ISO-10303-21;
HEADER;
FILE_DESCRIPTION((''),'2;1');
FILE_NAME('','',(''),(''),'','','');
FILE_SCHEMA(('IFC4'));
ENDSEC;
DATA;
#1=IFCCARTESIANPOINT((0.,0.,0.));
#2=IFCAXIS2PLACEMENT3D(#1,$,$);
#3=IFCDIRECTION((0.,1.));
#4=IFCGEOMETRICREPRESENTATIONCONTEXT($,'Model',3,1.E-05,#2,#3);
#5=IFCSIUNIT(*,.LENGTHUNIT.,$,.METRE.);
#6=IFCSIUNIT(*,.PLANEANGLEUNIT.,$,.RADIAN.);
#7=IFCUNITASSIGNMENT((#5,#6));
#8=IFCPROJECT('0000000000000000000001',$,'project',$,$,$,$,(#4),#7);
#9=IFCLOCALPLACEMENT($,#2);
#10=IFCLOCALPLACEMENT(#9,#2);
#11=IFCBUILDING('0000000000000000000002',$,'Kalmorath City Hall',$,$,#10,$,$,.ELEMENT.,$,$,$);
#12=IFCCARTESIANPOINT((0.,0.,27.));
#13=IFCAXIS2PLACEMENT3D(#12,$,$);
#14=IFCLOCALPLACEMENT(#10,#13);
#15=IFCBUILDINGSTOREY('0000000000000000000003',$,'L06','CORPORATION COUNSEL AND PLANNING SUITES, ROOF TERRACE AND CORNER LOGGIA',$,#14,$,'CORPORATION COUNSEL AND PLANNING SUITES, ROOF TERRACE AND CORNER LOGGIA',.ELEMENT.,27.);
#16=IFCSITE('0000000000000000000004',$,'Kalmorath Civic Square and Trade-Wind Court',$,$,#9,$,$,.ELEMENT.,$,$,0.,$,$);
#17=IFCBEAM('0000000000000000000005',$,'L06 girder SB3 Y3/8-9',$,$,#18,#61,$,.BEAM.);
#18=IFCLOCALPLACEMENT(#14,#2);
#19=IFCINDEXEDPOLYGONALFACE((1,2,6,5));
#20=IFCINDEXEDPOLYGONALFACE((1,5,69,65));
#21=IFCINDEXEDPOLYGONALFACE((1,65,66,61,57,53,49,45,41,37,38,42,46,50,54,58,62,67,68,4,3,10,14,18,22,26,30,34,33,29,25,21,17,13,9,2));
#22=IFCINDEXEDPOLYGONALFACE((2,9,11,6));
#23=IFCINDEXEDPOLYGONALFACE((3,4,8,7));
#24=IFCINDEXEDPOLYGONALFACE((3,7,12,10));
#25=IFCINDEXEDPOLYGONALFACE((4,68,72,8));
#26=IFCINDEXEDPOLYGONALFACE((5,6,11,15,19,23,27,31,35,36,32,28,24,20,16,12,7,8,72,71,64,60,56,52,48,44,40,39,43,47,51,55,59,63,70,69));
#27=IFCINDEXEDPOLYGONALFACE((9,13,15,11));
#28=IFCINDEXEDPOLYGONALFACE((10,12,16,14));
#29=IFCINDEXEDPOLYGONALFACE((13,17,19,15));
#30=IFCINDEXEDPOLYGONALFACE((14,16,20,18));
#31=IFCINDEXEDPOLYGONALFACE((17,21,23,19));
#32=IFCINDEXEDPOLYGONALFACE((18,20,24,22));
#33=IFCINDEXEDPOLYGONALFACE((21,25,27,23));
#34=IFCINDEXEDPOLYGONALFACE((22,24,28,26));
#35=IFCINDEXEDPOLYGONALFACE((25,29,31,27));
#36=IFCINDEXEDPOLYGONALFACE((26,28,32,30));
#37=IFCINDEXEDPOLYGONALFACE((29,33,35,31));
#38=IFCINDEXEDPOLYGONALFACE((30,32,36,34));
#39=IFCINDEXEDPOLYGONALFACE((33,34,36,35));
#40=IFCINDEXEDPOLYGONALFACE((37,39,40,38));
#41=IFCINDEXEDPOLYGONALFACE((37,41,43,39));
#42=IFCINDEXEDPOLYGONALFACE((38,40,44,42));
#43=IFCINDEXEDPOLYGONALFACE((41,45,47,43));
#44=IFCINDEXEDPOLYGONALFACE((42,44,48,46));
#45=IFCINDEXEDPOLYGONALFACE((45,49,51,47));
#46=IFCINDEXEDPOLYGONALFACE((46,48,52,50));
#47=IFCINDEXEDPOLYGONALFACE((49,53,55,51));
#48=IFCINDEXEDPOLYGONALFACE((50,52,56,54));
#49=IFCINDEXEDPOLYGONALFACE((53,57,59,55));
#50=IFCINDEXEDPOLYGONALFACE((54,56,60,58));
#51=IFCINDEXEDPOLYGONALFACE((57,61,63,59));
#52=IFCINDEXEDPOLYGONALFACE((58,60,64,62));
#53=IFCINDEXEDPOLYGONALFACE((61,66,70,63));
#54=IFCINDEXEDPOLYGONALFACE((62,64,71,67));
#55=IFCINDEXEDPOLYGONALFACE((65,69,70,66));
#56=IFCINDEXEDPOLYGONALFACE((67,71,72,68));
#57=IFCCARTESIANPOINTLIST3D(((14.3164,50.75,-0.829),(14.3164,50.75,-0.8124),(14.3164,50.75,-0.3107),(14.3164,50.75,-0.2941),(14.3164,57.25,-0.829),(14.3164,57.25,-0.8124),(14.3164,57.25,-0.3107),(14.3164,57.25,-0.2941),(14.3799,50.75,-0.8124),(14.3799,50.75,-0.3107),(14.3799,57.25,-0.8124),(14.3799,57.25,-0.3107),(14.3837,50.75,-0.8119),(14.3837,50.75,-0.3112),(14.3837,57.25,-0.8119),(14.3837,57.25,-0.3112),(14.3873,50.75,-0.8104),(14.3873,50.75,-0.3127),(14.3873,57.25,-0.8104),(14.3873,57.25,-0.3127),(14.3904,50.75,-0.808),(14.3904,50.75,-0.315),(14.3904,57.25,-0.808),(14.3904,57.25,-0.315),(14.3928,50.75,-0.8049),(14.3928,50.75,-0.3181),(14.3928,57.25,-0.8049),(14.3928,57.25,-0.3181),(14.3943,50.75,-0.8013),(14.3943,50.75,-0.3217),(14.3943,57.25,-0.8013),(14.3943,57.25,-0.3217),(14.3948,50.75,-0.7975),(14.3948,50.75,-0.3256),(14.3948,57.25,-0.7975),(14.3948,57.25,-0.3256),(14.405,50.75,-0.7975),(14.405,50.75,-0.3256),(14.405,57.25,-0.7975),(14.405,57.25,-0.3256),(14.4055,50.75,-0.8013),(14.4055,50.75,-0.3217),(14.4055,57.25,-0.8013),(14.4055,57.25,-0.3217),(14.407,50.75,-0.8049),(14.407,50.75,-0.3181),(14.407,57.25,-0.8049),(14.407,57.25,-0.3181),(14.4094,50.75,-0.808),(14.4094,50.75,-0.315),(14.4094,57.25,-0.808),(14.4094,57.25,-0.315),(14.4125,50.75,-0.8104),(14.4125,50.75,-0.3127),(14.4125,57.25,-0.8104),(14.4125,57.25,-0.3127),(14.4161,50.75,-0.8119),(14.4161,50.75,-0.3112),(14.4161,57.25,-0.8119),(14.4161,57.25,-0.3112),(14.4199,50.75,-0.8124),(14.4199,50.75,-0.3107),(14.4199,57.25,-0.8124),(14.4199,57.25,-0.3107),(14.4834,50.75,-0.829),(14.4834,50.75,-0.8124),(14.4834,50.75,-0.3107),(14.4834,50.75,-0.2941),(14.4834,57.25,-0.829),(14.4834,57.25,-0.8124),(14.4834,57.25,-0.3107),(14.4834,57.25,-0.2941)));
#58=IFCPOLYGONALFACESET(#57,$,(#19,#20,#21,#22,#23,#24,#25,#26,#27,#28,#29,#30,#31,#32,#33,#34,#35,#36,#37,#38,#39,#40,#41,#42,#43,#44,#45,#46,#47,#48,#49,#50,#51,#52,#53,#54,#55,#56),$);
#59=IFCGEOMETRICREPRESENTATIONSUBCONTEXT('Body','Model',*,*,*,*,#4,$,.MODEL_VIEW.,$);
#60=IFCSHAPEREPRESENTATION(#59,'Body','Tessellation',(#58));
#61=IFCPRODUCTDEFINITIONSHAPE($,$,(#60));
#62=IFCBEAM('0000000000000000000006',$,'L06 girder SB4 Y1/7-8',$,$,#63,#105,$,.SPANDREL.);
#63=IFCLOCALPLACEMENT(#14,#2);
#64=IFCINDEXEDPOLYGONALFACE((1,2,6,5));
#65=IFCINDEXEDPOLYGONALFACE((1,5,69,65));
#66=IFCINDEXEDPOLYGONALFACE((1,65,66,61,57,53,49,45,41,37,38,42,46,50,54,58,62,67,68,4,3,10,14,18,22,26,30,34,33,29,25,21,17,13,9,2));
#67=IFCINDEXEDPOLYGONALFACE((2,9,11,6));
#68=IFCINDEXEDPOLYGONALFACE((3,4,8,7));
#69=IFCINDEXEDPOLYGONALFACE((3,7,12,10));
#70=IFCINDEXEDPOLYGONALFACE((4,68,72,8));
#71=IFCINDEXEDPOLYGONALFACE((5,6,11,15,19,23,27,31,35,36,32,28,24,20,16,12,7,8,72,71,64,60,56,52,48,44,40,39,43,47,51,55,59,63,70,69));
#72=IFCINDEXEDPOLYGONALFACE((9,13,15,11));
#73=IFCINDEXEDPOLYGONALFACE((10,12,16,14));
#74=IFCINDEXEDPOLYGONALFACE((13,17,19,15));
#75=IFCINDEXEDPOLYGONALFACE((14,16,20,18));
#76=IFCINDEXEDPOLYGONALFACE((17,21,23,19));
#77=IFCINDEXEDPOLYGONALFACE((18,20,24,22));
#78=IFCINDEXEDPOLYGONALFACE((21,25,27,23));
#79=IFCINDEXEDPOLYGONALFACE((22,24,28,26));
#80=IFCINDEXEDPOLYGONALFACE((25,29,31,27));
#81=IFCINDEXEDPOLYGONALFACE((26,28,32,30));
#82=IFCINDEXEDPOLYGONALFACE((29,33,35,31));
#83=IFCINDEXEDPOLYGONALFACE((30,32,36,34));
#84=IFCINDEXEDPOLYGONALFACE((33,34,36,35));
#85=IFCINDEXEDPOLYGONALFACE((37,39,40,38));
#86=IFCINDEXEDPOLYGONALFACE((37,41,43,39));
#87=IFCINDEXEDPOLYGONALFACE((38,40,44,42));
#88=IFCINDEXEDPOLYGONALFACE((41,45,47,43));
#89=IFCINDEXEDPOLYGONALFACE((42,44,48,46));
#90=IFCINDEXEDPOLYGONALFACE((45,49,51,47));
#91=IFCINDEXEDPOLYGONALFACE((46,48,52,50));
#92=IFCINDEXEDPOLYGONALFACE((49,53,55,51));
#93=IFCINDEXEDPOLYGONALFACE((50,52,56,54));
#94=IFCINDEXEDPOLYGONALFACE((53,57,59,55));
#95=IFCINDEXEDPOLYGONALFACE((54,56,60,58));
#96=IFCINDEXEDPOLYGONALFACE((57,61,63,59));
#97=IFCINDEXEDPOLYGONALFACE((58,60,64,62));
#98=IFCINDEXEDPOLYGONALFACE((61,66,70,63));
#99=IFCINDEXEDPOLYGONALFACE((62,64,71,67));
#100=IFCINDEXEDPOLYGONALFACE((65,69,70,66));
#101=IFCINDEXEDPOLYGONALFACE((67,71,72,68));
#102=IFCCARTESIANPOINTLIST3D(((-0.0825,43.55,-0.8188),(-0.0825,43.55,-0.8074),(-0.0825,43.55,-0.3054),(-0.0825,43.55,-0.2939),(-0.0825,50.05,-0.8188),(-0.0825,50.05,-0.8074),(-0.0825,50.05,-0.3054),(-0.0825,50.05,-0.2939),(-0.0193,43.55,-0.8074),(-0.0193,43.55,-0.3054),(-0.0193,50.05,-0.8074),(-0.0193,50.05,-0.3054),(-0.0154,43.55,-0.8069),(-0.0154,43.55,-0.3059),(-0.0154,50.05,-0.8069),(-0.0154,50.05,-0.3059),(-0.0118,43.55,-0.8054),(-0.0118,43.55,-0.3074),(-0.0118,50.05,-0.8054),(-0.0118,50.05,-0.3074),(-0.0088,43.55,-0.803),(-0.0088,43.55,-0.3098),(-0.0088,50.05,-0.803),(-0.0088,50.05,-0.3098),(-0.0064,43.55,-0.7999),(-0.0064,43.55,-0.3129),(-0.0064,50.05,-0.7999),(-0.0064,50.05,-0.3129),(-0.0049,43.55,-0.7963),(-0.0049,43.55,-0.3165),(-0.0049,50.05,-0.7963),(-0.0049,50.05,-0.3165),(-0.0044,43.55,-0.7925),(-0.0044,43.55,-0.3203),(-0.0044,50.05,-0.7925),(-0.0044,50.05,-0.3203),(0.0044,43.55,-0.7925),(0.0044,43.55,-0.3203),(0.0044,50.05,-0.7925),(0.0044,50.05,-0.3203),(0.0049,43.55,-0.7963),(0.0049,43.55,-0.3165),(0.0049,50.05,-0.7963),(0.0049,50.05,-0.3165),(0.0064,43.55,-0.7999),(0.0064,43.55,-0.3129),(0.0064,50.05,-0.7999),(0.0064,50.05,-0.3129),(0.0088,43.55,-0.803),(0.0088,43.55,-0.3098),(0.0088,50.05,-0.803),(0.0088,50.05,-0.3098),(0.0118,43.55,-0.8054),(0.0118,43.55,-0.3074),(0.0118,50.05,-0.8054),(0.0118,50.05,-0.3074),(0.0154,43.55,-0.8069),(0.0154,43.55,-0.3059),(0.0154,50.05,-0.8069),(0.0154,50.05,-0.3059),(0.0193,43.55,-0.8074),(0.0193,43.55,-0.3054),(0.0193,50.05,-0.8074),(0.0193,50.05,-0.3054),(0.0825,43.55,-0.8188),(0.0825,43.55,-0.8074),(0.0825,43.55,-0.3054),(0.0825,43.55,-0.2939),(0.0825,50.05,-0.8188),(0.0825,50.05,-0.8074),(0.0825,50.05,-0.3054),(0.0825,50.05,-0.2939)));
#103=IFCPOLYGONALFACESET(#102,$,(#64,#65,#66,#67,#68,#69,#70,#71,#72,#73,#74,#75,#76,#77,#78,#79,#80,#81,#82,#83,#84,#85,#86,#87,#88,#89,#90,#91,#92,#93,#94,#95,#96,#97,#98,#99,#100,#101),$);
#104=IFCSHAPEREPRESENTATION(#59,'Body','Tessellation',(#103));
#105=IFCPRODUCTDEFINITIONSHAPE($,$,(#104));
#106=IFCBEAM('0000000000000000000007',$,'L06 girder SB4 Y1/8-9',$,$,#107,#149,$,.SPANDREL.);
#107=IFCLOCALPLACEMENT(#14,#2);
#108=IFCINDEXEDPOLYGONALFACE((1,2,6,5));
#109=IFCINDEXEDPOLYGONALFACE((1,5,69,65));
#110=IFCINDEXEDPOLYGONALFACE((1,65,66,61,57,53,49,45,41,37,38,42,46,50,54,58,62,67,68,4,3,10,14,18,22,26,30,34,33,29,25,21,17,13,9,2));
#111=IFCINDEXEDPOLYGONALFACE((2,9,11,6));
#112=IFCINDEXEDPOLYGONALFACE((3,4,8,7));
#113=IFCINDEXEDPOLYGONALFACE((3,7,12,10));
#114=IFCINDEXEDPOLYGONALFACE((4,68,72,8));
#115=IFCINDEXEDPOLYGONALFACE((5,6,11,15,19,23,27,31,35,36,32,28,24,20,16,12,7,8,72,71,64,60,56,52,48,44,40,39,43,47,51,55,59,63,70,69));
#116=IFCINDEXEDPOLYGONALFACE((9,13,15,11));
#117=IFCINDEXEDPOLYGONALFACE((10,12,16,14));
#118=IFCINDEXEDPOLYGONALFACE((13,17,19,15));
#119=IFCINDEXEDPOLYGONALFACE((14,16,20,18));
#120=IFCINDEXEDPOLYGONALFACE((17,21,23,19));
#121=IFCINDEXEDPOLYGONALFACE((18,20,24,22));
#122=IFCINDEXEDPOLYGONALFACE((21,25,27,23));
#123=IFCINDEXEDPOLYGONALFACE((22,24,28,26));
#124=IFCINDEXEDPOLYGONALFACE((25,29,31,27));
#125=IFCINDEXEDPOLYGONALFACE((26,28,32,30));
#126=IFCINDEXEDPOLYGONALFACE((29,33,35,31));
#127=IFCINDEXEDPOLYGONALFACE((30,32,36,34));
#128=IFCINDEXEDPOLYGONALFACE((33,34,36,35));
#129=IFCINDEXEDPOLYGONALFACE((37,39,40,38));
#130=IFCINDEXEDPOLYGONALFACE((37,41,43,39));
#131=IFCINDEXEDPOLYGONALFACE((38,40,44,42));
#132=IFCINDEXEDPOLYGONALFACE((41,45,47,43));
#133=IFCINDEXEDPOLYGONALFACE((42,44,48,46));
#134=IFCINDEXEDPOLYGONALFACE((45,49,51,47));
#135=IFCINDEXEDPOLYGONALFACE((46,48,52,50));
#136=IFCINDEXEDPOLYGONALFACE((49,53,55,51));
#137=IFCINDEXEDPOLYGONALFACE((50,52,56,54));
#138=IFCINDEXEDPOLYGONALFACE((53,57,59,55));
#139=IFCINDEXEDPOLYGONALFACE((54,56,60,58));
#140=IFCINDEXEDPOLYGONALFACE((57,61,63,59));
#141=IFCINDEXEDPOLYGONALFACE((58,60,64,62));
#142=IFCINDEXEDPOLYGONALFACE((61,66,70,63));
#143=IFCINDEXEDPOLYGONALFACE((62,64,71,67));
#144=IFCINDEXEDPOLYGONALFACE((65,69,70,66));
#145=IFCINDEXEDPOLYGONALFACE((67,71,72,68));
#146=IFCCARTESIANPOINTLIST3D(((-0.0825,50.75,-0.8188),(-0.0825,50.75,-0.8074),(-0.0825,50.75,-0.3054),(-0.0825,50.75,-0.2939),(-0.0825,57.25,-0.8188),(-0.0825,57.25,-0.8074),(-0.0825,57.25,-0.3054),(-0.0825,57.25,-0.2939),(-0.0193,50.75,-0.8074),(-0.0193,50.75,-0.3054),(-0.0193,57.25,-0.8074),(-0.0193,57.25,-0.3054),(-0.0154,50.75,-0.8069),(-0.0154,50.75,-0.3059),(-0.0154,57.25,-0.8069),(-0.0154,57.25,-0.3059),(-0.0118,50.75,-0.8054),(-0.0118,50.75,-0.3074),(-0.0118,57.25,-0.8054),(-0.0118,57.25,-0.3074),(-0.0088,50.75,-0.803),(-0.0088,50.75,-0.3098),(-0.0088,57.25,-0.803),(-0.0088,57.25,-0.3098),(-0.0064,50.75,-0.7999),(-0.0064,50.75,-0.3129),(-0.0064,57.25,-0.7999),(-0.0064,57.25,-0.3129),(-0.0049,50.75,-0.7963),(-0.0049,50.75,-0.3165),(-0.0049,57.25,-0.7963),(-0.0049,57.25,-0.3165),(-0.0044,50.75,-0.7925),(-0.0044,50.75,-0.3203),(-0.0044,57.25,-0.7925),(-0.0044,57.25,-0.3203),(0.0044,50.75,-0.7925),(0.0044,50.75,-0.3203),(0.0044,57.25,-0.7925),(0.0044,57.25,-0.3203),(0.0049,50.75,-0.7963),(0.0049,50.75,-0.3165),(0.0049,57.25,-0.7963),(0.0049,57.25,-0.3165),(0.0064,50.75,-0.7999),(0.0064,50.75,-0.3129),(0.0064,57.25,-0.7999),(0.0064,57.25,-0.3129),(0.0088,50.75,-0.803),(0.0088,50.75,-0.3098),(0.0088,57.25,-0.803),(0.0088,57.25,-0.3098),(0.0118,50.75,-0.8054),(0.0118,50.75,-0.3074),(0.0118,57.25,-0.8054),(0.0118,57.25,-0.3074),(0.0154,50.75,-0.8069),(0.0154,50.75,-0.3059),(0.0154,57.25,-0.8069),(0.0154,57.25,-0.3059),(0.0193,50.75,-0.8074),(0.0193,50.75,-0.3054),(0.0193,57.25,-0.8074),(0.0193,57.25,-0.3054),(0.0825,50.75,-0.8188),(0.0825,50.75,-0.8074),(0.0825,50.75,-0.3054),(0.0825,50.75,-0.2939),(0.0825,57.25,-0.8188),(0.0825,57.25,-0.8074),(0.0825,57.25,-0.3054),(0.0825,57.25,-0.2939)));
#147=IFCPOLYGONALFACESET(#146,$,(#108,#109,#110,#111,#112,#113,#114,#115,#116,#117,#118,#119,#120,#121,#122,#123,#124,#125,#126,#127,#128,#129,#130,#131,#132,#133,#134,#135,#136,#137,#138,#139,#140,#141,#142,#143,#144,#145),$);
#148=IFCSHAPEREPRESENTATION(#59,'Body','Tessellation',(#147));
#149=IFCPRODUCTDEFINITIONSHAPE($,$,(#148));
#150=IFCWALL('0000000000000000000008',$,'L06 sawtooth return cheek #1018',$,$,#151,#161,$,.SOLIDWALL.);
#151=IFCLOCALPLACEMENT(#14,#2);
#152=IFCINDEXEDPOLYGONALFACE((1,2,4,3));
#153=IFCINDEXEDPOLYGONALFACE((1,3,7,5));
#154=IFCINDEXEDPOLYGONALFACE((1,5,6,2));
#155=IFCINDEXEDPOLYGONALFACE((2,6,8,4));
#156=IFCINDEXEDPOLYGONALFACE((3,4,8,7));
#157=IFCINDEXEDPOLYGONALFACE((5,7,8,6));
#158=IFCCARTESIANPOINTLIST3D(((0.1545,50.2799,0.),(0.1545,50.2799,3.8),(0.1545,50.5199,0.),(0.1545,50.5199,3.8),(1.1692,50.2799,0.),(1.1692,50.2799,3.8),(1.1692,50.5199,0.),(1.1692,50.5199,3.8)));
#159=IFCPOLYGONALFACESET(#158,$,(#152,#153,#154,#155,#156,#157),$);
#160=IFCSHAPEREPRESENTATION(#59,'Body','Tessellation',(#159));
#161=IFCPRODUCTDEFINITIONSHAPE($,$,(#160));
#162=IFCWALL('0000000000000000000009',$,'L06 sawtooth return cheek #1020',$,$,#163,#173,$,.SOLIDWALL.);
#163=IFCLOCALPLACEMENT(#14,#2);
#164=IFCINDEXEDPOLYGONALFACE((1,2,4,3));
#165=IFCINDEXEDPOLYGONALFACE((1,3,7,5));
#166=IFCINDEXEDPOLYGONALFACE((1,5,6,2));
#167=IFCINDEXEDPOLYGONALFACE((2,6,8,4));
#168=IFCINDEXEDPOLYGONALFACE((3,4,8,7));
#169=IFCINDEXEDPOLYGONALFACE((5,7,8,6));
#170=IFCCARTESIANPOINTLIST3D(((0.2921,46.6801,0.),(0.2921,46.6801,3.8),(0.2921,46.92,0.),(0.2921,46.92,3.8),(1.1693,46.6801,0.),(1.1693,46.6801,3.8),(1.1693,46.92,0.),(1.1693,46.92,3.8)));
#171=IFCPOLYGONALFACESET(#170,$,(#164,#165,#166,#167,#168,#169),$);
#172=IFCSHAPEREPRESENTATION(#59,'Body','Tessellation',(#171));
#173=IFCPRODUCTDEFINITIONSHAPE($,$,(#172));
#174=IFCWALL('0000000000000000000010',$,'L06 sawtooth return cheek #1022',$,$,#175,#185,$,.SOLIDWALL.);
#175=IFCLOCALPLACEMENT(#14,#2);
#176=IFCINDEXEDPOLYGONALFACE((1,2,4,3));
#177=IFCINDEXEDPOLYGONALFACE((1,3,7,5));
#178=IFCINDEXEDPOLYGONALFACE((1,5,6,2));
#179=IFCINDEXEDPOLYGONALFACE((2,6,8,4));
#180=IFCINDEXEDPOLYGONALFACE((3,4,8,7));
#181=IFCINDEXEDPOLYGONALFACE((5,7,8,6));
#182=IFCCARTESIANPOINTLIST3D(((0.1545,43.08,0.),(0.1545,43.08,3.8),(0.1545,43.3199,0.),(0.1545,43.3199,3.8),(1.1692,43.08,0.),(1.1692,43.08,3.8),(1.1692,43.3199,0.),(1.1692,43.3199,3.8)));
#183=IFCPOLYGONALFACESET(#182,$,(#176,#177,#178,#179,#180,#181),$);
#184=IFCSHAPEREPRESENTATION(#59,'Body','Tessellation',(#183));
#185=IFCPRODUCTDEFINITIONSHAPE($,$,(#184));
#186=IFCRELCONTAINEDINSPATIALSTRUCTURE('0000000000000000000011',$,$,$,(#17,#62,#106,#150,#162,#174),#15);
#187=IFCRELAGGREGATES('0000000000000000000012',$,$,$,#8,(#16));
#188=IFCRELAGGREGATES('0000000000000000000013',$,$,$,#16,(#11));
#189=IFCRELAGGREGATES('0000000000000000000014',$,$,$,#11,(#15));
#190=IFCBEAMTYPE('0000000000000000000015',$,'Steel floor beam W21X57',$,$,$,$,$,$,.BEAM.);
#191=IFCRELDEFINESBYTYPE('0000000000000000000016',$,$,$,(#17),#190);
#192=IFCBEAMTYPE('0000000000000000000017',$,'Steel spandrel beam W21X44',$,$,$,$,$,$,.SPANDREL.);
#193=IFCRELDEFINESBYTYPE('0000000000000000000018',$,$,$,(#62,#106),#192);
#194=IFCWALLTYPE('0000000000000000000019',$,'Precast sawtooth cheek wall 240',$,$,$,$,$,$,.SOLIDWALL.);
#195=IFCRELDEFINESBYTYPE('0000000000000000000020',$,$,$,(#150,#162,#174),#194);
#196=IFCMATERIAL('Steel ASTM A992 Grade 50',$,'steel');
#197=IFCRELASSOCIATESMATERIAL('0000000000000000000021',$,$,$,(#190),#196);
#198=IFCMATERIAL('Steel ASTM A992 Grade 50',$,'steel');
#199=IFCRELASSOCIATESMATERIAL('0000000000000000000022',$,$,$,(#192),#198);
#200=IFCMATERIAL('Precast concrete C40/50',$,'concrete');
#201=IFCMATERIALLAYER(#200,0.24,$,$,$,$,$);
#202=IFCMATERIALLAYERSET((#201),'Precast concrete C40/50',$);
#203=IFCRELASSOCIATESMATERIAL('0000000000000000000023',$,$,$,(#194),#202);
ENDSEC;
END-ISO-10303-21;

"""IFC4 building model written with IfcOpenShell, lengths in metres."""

from ifc_helpers import new_model, si_unit, direction, frame, frame_2d, origin, origin_2d, place, context, subcontext, project, spatial, rectangle, i_section, extrude, material, layer, layer_set, material_profile, profile_set, type_object, element, save


model = new_model("IFC4")

# Units and contexts
model_context = context("Model", 3, precision=1e-05, world=origin(), true_north=direction((0.0, 1.0)))
body_context = subcontext(model_context, "Body", "Model", "MODEL_VIEW")
ifc_project = project(units=[si_unit("LENGTHUNIT", "METRE"), si_unit("PLANEANGLEUNIT", "RADIAN")], contexts=[model_context])

# Site, building, storey
site_placement = place(None, origin())
site = spatial("IfcSite", under=ifc_project, at=site_placement, Name="Kalmorath Civic Square and Trade-Wind Court", CompositionType="ELEMENT", RefElevation=0.0)
building_placement = place(site_placement, origin())
building = spatial("IfcBuilding", under=site, at=building_placement, Name="Kalmorath City Hall", CompositionType="ELEMENT")
storey_placement = place(building_placement, frame((0.0, 0.0, 27.0)))
storey = spatial("IfcBuildingStorey", under=building, at=storey_placement, Name="L06", Description="CORPORATION COUNSEL AND PLANNING SUITES, ROOF TERRACE AND CORNER LOGGIA", LongName="CORPORATION COUNSEL AND PLANNING SUITES, ROOF TERRACE AND CORNER LOGGIA", CompositionType="ELEMENT", Elevation=27.0)

# Beams
ifc_material_1 = material(Name="Steel ASTM A992 Grade 50", Category="steel")
ifc_material_profile_1 = material_profile(ifc_material_1, i_section(OverallWidth=0.167, OverallDepth=0.5349, WebThickness=0.0103, FlangeThickness=0.0166, FilletRadius=0.0149, at=origin_2d()), Name="W21X57")
ifc_profile_set_1 = profile_set([ifc_material_profile_1], Name="Steel ASTM A992 Grade 50")
beam_type_1 = type_object("IfcBeamType", Name="Steel floor beam W21X57", PredefinedType="BEAM", material=ifc_profile_set_1)
for number, where, z_axis, x_axis, name in (
    (1, (14.3999, 50.75, -0.5615), (0.0, 1.0, 0.0), (-1.0, 0.0, 0.0), "L06 girder SB3 Y3/8-9"),
):
    element("IfcBeam", number, at=place(storey_placement, frame(where, z_axis=z_axis, x_axis=x_axis)), inside=storey, type_object=beam_type_1, Name=name, PredefinedType="BEAM", context=body_context, shape_type="SweptSolid", body=[
        extrude(i_section(OverallWidth=0.167, OverallDepth=0.5349, WebThickness=0.0103, FlangeThickness=0.0166, FilletRadius=0.0149, at=origin_2d()), origin(), (0.0, 0.0, 1.0), 6.5),
    ])
ifc_material_2 = material(Name="Steel ASTM A992 Grade 50", Category="steel")
ifc_material_profile_2 = material_profile(ifc_material_2, i_section(OverallWidth=0.165, OverallDepth=0.5249, WebThickness=0.0088, FlangeThickness=0.0115, FilletRadius=0.0149, at=origin_2d()), Name="W21X44")
ifc_profile_set_2 = profile_set([ifc_material_profile_2], Name="Steel ASTM A992 Grade 50")
beam_type_2 = type_object("IfcBeamType", Name="Steel spandrel beam W21X44", PredefinedType="SPANDREL", material=ifc_profile_set_2)
for number, where, z_axis, x_axis, name in (
    (2, (0.0, 43.55, -0.5564), (0.0, 1.0, 0.0), (-1.0, 0.0, 0.0), "L06 girder SB4 Y1/7-8"),
    (3, (0.0, 50.75, -0.5564), (0.0, 1.0, 0.0), (-1.0, 0.0, 0.0), "L06 girder SB4 Y1/8-9"),
):
    element("IfcBeam", number, at=place(storey_placement, frame(where, z_axis=z_axis, x_axis=x_axis)), inside=storey, type_object=beam_type_2, Name=name, PredefinedType="SPANDREL", context=body_context, shape_type="SweptSolid", body=[
        extrude(i_section(OverallWidth=0.165, OverallDepth=0.5249, WebThickness=0.0088, FlangeThickness=0.0115, FilletRadius=0.0149, at=origin_2d()), origin(), (0.0, 0.0, 1.0), 6.5),
    ])

# Walls
ifc_material_3 = material(Name="Precast concrete C40/50", Category="concrete")
ifc_layer_1 = layer(ifc_material_3, 0.24)
ifc_layer_set_1 = layer_set([ifc_layer_1], Name="Precast concrete C40/50")
wall_type_1 = type_object("IfcWallType", Name="Precast sawtooth cheek wall 240", PredefinedType="SOLIDWALL", material=ifc_layer_set_1)
wall_1_placement = place(storey_placement, frame((1.1692, 50.3999, 0.0), z_axis=(0.0, 0.0, 1.0), x_axis=(-1.0, 0.0, 0.0)))
element("IfcWall", 4, at=wall_1_placement, inside=storey, type_object=wall_type_1, Name="L06 sawtooth return cheek #1018", PredefinedType="SOLIDWALL", context=body_context, shape_type="SweptSolid", body=[
    extrude(rectangle(XDim=1.0146, YDim=0.24, at=frame_2d((0.5073, 0.0))), origin(), (0.0, 0.0, 1.0), 3.8),
])
wall_2_placement = place(storey_placement, frame((1.1692, 46.8, 0.0), z_axis=(0.0, 0.0, 1.0), x_axis=(-1.0, 0.0, 0.0)))
element("IfcWall", 5, at=wall_2_placement, inside=storey, type_object=wall_type_1, Name="L06 sawtooth return cheek #1020", PredefinedType="SOLIDWALL", context=body_context, shape_type="SweptSolid", body=[
    extrude(rectangle(XDim=0.8772, YDim=0.24, at=frame_2d((0.4385, 0.0))), origin(), (0.0, 0.0, 1.0), 3.8),
])
wall_3_placement = place(storey_placement, frame((1.1692, 43.2, 0.0), z_axis=(0.0, 0.0, 1.0), x_axis=(-1.0, 0.0, 0.0)))
element("IfcWall", 6, at=wall_3_placement, inside=storey, type_object=wall_type_1, Name="L06 sawtooth return cheek #1022", PredefinedType="SOLIDWALL", context=body_context, shape_type="SweptSolid", body=[
    extrude(rectangle(XDim=1.0146, YDim=0.24, at=frame_2d((0.5073, 0.0))), origin(), (0.0, 0.0, 1.0), 3.8),
])

save(model, "model.ifc")
